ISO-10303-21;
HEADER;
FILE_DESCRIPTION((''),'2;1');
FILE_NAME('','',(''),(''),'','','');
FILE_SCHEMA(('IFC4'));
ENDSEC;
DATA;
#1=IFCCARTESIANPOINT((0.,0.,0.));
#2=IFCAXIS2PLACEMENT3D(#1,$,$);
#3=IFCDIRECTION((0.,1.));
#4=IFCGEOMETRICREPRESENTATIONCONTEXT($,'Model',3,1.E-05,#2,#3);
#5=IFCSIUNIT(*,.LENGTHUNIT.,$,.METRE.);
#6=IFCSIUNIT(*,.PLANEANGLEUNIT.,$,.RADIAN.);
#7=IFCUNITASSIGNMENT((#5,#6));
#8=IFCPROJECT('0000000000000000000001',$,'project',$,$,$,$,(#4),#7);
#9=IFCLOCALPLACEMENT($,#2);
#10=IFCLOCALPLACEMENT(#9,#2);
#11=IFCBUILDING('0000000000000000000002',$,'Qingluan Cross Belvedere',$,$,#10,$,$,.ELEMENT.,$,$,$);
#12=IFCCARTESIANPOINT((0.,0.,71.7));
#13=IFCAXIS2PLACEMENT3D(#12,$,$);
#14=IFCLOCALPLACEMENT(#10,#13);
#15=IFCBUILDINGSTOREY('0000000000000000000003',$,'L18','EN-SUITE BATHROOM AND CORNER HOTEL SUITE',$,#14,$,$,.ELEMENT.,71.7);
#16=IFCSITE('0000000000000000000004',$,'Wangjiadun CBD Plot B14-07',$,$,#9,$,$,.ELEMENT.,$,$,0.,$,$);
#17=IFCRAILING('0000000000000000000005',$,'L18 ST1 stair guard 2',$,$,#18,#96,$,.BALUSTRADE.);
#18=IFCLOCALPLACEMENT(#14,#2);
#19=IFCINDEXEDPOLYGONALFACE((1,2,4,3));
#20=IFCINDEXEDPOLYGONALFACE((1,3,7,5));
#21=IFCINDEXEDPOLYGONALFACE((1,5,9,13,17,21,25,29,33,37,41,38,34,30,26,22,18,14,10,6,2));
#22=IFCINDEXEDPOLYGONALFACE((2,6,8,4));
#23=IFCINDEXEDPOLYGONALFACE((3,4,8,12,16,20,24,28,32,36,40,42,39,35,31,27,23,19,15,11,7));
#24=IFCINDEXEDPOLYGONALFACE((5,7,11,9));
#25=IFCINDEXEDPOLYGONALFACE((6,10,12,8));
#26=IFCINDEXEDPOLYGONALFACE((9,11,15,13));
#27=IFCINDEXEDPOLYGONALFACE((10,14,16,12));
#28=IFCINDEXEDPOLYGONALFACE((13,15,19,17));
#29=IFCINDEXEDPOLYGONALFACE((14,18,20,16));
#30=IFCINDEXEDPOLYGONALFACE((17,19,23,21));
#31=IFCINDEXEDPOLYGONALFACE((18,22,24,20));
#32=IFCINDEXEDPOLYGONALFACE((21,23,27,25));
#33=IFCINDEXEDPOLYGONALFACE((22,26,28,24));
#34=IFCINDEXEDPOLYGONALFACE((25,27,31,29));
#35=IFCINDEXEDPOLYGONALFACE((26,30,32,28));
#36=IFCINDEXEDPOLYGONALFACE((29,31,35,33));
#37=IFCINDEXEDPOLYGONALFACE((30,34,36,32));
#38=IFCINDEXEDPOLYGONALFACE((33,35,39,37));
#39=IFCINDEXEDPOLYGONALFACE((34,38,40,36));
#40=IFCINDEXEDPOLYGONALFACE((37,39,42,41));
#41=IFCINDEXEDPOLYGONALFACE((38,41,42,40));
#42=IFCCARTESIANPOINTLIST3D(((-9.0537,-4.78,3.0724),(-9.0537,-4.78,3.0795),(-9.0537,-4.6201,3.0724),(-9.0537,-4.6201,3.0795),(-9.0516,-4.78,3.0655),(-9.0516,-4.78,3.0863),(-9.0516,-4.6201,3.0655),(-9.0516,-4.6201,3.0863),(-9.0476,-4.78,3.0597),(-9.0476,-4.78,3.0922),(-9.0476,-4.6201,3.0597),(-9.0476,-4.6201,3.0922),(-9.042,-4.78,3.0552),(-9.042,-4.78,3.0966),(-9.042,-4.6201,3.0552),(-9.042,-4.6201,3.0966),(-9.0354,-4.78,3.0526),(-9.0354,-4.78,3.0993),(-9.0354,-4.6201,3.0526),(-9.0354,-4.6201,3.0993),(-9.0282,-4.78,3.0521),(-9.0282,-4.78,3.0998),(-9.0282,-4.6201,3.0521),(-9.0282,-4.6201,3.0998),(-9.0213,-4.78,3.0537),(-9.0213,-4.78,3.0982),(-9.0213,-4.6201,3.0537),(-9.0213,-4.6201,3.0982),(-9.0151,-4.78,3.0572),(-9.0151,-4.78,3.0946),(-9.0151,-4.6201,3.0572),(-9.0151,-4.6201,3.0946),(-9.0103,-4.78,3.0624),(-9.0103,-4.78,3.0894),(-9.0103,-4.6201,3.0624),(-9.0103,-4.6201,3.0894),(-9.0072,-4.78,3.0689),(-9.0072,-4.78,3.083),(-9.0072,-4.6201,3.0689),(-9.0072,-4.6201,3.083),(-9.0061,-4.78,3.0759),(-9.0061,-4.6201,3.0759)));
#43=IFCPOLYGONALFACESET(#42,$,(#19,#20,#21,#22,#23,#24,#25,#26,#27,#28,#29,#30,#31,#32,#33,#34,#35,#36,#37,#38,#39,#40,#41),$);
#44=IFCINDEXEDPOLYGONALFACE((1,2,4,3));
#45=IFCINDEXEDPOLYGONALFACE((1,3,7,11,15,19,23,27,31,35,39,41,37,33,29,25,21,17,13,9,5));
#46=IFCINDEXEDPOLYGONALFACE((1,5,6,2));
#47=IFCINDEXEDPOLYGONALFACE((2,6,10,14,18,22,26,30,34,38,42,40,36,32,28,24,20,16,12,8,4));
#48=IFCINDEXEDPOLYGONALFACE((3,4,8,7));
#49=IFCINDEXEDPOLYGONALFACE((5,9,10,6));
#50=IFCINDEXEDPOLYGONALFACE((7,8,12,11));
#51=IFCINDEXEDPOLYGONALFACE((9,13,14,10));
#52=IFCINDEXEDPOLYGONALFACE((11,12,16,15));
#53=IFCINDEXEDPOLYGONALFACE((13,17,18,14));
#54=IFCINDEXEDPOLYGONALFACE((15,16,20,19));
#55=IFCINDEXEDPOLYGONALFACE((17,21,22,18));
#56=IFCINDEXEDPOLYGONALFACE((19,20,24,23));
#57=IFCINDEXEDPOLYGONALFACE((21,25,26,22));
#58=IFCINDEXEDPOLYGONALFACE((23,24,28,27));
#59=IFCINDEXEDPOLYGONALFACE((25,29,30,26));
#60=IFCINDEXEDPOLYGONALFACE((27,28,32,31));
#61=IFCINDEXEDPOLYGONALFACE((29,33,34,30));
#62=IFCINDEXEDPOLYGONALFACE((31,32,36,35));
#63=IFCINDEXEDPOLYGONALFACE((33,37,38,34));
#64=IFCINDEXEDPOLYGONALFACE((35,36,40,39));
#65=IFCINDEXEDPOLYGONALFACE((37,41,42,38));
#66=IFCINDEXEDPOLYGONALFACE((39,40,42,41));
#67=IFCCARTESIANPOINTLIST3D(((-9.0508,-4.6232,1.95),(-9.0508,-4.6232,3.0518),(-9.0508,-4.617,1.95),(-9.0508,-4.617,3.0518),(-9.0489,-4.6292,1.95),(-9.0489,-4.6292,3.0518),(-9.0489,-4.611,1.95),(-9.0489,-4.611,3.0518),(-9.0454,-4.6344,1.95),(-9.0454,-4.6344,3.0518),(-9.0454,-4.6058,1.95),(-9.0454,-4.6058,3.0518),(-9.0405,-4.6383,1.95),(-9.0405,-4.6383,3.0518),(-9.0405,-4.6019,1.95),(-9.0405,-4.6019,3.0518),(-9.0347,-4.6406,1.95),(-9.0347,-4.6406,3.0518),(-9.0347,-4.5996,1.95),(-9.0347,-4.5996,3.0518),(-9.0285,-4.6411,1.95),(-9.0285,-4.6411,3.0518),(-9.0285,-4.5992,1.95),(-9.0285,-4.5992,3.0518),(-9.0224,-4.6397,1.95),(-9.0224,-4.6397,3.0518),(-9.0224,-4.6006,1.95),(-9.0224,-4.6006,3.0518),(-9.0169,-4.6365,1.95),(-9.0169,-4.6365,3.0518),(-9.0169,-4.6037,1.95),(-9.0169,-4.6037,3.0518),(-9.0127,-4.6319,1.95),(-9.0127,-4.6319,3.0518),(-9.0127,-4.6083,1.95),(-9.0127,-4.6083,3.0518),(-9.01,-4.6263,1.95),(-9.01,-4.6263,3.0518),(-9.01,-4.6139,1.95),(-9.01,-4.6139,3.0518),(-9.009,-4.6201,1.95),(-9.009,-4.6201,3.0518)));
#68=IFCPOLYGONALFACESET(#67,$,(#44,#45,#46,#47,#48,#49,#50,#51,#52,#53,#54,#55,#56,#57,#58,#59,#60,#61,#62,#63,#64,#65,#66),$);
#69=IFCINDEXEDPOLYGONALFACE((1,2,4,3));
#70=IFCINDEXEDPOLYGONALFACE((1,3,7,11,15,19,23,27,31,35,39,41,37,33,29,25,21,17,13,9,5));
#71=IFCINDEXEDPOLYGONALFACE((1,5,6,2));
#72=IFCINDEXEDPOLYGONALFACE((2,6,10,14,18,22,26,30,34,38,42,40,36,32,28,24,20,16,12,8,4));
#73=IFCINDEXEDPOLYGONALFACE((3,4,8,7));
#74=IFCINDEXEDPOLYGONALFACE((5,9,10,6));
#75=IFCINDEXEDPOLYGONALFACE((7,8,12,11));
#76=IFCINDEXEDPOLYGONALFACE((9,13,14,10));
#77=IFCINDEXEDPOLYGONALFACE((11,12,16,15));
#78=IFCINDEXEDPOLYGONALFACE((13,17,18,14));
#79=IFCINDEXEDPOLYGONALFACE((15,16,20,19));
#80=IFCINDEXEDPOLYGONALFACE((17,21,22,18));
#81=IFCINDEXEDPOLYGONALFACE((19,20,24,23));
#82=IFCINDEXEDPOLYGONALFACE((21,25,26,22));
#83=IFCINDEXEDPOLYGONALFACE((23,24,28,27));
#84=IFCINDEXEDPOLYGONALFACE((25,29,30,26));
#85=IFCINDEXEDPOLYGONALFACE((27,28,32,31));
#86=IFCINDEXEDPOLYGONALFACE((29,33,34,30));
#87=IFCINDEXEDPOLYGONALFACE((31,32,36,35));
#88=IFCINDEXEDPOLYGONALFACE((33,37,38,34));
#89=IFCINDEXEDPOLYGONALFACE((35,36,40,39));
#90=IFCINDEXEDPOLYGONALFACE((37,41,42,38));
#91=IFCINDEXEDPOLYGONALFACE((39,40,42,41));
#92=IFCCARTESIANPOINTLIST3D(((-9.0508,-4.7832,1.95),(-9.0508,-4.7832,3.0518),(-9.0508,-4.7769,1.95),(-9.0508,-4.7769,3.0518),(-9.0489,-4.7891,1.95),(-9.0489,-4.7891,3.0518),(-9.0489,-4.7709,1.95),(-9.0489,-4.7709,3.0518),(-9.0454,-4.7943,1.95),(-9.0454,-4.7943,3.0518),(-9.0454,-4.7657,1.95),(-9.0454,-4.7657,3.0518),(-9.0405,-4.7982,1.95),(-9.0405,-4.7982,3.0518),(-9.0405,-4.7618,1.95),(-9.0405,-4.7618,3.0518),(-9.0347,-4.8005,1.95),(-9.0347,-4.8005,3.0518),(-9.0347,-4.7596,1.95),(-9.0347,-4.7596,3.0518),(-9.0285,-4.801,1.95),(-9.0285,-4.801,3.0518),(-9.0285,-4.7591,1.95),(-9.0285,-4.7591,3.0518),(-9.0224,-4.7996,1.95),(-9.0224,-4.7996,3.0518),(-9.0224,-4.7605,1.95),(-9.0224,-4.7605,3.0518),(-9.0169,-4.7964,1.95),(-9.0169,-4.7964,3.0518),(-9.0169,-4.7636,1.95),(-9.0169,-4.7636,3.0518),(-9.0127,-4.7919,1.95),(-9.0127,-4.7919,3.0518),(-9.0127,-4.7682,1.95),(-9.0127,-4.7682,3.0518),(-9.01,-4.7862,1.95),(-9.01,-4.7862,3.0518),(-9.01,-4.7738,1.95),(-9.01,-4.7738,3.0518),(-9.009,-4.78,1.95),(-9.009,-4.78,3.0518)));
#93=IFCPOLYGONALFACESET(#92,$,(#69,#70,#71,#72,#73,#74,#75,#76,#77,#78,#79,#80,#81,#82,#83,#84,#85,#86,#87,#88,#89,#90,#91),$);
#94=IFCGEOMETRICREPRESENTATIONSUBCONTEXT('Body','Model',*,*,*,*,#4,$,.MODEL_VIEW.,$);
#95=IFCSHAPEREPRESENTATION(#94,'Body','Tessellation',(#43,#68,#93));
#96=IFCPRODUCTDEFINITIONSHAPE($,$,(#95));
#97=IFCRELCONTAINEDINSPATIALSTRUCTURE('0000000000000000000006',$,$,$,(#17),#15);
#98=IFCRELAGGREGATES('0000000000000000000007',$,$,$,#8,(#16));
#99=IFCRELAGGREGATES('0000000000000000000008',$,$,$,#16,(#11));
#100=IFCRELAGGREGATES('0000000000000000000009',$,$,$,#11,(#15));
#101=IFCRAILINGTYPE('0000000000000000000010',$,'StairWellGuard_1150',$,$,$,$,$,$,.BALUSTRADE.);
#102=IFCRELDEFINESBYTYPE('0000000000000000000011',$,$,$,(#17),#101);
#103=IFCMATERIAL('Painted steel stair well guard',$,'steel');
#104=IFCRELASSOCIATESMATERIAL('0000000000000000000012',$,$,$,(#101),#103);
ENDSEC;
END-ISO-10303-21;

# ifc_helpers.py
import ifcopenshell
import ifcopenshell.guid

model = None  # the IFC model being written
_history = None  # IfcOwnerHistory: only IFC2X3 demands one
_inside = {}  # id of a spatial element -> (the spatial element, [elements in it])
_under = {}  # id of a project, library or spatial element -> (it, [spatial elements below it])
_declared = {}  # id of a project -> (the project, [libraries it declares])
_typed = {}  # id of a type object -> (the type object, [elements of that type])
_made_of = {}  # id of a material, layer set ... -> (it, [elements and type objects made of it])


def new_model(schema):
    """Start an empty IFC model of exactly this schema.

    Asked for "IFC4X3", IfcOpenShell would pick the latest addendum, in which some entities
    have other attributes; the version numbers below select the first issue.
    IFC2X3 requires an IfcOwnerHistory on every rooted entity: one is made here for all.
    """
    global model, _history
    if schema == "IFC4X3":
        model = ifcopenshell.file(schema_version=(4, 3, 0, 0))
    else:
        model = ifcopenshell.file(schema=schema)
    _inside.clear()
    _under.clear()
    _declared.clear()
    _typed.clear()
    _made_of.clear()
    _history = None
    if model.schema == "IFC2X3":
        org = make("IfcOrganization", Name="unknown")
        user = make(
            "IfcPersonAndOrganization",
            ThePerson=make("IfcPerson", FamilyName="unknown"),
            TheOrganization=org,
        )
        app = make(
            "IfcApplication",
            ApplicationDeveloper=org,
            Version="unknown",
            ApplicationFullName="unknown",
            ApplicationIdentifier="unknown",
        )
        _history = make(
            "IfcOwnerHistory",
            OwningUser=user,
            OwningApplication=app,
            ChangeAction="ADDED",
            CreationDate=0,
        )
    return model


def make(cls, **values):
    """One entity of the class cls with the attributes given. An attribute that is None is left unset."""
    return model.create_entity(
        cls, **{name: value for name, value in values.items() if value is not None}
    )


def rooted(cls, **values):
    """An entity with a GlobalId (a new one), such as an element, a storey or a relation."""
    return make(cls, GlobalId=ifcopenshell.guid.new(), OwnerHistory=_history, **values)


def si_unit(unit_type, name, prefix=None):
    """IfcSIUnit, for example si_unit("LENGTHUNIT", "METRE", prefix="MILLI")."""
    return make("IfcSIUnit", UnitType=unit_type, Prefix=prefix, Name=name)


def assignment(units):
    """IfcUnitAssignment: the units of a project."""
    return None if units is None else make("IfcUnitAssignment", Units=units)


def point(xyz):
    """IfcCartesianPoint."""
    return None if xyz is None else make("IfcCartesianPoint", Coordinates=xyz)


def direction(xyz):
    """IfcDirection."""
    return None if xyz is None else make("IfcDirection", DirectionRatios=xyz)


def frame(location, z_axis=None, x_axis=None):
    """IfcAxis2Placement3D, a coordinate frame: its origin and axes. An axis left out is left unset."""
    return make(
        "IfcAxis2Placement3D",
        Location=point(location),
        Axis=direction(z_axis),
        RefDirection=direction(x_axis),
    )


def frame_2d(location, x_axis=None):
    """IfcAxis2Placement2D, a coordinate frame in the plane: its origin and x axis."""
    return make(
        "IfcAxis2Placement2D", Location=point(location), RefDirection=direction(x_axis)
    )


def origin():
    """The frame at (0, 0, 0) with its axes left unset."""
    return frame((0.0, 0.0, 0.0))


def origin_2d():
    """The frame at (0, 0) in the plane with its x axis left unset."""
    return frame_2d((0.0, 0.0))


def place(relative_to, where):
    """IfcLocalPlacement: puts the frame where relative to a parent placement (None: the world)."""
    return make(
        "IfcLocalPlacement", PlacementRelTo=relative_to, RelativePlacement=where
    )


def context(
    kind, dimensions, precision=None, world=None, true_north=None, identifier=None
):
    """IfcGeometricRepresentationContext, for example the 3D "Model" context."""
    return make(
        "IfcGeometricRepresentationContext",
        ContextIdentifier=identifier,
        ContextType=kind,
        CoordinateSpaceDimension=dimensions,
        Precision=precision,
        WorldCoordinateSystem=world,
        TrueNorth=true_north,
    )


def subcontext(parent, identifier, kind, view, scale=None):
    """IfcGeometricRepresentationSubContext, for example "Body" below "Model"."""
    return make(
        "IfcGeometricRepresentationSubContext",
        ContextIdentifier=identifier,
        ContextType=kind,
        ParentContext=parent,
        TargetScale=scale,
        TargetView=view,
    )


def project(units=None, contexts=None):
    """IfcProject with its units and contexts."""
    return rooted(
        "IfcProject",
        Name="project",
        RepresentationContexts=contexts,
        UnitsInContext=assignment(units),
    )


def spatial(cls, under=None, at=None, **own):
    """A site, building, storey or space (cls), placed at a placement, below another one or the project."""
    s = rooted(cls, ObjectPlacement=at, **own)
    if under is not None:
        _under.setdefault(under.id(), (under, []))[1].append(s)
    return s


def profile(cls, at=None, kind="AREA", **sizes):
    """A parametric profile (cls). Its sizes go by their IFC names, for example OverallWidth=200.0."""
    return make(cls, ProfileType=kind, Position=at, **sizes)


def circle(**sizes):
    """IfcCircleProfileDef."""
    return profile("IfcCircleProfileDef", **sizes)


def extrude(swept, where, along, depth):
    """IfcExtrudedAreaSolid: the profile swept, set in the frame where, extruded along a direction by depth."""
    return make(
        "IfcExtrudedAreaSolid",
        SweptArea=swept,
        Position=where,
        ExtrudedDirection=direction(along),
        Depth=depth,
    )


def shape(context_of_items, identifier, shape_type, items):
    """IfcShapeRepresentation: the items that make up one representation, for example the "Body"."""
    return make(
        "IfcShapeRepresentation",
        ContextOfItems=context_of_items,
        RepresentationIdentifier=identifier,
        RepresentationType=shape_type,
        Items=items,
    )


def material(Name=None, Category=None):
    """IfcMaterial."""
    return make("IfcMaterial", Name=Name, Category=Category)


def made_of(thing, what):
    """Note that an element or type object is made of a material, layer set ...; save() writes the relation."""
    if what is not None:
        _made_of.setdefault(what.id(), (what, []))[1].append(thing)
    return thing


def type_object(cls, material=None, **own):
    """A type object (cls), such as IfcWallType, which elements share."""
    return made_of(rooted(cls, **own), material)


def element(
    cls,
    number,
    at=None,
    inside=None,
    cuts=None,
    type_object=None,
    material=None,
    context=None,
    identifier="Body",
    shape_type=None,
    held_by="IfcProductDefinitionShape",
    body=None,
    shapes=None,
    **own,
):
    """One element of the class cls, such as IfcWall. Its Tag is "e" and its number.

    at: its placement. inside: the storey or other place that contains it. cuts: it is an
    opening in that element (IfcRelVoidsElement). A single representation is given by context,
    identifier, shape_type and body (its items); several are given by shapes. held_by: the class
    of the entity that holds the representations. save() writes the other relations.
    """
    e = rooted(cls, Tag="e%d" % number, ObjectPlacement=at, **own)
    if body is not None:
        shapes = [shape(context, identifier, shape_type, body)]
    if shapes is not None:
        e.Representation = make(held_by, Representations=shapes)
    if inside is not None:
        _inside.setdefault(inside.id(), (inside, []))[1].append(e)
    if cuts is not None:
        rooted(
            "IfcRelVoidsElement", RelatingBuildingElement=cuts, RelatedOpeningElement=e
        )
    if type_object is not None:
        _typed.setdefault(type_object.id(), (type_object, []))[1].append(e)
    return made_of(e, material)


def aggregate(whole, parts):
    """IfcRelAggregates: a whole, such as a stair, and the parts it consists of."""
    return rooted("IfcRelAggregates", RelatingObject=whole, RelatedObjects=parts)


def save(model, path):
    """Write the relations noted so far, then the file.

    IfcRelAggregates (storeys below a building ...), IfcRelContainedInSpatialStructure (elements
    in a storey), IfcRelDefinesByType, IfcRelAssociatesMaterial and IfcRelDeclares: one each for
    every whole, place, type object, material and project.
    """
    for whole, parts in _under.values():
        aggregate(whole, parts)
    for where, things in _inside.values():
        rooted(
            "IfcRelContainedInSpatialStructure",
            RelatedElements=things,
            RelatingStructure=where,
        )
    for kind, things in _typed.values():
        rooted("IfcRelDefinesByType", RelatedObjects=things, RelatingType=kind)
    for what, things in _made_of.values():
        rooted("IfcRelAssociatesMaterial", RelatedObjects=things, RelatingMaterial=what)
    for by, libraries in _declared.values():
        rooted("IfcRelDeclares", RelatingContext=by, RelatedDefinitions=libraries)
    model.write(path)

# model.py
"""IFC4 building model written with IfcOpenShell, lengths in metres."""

from ifc_helpers import new_model, si_unit, direction, frame, origin, origin_2d, place, context, subcontext, project, spatial, circle, extrude, material, type_object, element, save


model = new_model("IFC4")

# Units and contexts
model_context = context("Model", 3, precision=1e-05, world=origin(), true_north=direction((0.0, 1.0)))
body_context = subcontext(model_context, "Body", "Model", "MODEL_VIEW")
ifc_project = project(units=[si_unit("LENGTHUNIT", "METRE"), si_unit("PLANEANGLEUNIT", "RADIAN")], contexts=[model_context])

# Site, building, storey
site_placement = place(None, origin())
site = spatial("IfcSite", under=ifc_project, at=site_placement, Name="Wangjiadun CBD Plot B14-07", CompositionType="ELEMENT", RefElevation=0.0)
building_placement = place(site_placement, origin())
building = spatial("IfcBuilding", under=site, at=building_placement, Name="Qingluan Cross Belvedere", CompositionType="ELEMENT")
storey_placement = place(building_placement, frame((0.0, 0.0, 71.7)))
storey = spatial("IfcBuildingStorey", under=building, at=storey_placement, Name="L18", Description="EN-SUITE BATHROOM AND CORNER HOTEL SUITE", CompositionType="ELEMENT", Elevation=71.7)

# Railing
ifc_material_1 = material(Name="Painted steel stair well guard", Category="steel")
railing_type_1 = type_object("IfcRailingType", Name="StairWellGuard_1150", PredefinedType="BALUSTRADE", material=ifc_material_1)
railing_1_placement = place(storey_placement, frame((-9.03, -4.6201, 1.95)))
element("IfcRailing", 1, at=railing_1_placement, inside=storey, type_object=railing_type_1, Name="L18 ST1 stair guard 2", PredefinedType="BALUSTRADE", context=body_context, shape_type="SweptSolid", body=[
    extrude(circle(Radius=0.0239, at=origin_2d()), frame((0.0, 0.0, 1.126), z_axis=(0.0, -1.0, 0.0), x_axis=(1.0, 0.0, 0.0)), (0.0, 0.0, 1.0), 0.1599),
    extrude(circle(Radius=0.021, at=origin_2d()), origin(), (0.0, 0.0, 1.0), 1.1018),
    extrude(circle(Radius=0.021, at=origin_2d()), frame((0.0, -0.1599, 0.0)), (0.0, 0.0, 1.0), 1.1018),
])

save(model, "model.ifc")
